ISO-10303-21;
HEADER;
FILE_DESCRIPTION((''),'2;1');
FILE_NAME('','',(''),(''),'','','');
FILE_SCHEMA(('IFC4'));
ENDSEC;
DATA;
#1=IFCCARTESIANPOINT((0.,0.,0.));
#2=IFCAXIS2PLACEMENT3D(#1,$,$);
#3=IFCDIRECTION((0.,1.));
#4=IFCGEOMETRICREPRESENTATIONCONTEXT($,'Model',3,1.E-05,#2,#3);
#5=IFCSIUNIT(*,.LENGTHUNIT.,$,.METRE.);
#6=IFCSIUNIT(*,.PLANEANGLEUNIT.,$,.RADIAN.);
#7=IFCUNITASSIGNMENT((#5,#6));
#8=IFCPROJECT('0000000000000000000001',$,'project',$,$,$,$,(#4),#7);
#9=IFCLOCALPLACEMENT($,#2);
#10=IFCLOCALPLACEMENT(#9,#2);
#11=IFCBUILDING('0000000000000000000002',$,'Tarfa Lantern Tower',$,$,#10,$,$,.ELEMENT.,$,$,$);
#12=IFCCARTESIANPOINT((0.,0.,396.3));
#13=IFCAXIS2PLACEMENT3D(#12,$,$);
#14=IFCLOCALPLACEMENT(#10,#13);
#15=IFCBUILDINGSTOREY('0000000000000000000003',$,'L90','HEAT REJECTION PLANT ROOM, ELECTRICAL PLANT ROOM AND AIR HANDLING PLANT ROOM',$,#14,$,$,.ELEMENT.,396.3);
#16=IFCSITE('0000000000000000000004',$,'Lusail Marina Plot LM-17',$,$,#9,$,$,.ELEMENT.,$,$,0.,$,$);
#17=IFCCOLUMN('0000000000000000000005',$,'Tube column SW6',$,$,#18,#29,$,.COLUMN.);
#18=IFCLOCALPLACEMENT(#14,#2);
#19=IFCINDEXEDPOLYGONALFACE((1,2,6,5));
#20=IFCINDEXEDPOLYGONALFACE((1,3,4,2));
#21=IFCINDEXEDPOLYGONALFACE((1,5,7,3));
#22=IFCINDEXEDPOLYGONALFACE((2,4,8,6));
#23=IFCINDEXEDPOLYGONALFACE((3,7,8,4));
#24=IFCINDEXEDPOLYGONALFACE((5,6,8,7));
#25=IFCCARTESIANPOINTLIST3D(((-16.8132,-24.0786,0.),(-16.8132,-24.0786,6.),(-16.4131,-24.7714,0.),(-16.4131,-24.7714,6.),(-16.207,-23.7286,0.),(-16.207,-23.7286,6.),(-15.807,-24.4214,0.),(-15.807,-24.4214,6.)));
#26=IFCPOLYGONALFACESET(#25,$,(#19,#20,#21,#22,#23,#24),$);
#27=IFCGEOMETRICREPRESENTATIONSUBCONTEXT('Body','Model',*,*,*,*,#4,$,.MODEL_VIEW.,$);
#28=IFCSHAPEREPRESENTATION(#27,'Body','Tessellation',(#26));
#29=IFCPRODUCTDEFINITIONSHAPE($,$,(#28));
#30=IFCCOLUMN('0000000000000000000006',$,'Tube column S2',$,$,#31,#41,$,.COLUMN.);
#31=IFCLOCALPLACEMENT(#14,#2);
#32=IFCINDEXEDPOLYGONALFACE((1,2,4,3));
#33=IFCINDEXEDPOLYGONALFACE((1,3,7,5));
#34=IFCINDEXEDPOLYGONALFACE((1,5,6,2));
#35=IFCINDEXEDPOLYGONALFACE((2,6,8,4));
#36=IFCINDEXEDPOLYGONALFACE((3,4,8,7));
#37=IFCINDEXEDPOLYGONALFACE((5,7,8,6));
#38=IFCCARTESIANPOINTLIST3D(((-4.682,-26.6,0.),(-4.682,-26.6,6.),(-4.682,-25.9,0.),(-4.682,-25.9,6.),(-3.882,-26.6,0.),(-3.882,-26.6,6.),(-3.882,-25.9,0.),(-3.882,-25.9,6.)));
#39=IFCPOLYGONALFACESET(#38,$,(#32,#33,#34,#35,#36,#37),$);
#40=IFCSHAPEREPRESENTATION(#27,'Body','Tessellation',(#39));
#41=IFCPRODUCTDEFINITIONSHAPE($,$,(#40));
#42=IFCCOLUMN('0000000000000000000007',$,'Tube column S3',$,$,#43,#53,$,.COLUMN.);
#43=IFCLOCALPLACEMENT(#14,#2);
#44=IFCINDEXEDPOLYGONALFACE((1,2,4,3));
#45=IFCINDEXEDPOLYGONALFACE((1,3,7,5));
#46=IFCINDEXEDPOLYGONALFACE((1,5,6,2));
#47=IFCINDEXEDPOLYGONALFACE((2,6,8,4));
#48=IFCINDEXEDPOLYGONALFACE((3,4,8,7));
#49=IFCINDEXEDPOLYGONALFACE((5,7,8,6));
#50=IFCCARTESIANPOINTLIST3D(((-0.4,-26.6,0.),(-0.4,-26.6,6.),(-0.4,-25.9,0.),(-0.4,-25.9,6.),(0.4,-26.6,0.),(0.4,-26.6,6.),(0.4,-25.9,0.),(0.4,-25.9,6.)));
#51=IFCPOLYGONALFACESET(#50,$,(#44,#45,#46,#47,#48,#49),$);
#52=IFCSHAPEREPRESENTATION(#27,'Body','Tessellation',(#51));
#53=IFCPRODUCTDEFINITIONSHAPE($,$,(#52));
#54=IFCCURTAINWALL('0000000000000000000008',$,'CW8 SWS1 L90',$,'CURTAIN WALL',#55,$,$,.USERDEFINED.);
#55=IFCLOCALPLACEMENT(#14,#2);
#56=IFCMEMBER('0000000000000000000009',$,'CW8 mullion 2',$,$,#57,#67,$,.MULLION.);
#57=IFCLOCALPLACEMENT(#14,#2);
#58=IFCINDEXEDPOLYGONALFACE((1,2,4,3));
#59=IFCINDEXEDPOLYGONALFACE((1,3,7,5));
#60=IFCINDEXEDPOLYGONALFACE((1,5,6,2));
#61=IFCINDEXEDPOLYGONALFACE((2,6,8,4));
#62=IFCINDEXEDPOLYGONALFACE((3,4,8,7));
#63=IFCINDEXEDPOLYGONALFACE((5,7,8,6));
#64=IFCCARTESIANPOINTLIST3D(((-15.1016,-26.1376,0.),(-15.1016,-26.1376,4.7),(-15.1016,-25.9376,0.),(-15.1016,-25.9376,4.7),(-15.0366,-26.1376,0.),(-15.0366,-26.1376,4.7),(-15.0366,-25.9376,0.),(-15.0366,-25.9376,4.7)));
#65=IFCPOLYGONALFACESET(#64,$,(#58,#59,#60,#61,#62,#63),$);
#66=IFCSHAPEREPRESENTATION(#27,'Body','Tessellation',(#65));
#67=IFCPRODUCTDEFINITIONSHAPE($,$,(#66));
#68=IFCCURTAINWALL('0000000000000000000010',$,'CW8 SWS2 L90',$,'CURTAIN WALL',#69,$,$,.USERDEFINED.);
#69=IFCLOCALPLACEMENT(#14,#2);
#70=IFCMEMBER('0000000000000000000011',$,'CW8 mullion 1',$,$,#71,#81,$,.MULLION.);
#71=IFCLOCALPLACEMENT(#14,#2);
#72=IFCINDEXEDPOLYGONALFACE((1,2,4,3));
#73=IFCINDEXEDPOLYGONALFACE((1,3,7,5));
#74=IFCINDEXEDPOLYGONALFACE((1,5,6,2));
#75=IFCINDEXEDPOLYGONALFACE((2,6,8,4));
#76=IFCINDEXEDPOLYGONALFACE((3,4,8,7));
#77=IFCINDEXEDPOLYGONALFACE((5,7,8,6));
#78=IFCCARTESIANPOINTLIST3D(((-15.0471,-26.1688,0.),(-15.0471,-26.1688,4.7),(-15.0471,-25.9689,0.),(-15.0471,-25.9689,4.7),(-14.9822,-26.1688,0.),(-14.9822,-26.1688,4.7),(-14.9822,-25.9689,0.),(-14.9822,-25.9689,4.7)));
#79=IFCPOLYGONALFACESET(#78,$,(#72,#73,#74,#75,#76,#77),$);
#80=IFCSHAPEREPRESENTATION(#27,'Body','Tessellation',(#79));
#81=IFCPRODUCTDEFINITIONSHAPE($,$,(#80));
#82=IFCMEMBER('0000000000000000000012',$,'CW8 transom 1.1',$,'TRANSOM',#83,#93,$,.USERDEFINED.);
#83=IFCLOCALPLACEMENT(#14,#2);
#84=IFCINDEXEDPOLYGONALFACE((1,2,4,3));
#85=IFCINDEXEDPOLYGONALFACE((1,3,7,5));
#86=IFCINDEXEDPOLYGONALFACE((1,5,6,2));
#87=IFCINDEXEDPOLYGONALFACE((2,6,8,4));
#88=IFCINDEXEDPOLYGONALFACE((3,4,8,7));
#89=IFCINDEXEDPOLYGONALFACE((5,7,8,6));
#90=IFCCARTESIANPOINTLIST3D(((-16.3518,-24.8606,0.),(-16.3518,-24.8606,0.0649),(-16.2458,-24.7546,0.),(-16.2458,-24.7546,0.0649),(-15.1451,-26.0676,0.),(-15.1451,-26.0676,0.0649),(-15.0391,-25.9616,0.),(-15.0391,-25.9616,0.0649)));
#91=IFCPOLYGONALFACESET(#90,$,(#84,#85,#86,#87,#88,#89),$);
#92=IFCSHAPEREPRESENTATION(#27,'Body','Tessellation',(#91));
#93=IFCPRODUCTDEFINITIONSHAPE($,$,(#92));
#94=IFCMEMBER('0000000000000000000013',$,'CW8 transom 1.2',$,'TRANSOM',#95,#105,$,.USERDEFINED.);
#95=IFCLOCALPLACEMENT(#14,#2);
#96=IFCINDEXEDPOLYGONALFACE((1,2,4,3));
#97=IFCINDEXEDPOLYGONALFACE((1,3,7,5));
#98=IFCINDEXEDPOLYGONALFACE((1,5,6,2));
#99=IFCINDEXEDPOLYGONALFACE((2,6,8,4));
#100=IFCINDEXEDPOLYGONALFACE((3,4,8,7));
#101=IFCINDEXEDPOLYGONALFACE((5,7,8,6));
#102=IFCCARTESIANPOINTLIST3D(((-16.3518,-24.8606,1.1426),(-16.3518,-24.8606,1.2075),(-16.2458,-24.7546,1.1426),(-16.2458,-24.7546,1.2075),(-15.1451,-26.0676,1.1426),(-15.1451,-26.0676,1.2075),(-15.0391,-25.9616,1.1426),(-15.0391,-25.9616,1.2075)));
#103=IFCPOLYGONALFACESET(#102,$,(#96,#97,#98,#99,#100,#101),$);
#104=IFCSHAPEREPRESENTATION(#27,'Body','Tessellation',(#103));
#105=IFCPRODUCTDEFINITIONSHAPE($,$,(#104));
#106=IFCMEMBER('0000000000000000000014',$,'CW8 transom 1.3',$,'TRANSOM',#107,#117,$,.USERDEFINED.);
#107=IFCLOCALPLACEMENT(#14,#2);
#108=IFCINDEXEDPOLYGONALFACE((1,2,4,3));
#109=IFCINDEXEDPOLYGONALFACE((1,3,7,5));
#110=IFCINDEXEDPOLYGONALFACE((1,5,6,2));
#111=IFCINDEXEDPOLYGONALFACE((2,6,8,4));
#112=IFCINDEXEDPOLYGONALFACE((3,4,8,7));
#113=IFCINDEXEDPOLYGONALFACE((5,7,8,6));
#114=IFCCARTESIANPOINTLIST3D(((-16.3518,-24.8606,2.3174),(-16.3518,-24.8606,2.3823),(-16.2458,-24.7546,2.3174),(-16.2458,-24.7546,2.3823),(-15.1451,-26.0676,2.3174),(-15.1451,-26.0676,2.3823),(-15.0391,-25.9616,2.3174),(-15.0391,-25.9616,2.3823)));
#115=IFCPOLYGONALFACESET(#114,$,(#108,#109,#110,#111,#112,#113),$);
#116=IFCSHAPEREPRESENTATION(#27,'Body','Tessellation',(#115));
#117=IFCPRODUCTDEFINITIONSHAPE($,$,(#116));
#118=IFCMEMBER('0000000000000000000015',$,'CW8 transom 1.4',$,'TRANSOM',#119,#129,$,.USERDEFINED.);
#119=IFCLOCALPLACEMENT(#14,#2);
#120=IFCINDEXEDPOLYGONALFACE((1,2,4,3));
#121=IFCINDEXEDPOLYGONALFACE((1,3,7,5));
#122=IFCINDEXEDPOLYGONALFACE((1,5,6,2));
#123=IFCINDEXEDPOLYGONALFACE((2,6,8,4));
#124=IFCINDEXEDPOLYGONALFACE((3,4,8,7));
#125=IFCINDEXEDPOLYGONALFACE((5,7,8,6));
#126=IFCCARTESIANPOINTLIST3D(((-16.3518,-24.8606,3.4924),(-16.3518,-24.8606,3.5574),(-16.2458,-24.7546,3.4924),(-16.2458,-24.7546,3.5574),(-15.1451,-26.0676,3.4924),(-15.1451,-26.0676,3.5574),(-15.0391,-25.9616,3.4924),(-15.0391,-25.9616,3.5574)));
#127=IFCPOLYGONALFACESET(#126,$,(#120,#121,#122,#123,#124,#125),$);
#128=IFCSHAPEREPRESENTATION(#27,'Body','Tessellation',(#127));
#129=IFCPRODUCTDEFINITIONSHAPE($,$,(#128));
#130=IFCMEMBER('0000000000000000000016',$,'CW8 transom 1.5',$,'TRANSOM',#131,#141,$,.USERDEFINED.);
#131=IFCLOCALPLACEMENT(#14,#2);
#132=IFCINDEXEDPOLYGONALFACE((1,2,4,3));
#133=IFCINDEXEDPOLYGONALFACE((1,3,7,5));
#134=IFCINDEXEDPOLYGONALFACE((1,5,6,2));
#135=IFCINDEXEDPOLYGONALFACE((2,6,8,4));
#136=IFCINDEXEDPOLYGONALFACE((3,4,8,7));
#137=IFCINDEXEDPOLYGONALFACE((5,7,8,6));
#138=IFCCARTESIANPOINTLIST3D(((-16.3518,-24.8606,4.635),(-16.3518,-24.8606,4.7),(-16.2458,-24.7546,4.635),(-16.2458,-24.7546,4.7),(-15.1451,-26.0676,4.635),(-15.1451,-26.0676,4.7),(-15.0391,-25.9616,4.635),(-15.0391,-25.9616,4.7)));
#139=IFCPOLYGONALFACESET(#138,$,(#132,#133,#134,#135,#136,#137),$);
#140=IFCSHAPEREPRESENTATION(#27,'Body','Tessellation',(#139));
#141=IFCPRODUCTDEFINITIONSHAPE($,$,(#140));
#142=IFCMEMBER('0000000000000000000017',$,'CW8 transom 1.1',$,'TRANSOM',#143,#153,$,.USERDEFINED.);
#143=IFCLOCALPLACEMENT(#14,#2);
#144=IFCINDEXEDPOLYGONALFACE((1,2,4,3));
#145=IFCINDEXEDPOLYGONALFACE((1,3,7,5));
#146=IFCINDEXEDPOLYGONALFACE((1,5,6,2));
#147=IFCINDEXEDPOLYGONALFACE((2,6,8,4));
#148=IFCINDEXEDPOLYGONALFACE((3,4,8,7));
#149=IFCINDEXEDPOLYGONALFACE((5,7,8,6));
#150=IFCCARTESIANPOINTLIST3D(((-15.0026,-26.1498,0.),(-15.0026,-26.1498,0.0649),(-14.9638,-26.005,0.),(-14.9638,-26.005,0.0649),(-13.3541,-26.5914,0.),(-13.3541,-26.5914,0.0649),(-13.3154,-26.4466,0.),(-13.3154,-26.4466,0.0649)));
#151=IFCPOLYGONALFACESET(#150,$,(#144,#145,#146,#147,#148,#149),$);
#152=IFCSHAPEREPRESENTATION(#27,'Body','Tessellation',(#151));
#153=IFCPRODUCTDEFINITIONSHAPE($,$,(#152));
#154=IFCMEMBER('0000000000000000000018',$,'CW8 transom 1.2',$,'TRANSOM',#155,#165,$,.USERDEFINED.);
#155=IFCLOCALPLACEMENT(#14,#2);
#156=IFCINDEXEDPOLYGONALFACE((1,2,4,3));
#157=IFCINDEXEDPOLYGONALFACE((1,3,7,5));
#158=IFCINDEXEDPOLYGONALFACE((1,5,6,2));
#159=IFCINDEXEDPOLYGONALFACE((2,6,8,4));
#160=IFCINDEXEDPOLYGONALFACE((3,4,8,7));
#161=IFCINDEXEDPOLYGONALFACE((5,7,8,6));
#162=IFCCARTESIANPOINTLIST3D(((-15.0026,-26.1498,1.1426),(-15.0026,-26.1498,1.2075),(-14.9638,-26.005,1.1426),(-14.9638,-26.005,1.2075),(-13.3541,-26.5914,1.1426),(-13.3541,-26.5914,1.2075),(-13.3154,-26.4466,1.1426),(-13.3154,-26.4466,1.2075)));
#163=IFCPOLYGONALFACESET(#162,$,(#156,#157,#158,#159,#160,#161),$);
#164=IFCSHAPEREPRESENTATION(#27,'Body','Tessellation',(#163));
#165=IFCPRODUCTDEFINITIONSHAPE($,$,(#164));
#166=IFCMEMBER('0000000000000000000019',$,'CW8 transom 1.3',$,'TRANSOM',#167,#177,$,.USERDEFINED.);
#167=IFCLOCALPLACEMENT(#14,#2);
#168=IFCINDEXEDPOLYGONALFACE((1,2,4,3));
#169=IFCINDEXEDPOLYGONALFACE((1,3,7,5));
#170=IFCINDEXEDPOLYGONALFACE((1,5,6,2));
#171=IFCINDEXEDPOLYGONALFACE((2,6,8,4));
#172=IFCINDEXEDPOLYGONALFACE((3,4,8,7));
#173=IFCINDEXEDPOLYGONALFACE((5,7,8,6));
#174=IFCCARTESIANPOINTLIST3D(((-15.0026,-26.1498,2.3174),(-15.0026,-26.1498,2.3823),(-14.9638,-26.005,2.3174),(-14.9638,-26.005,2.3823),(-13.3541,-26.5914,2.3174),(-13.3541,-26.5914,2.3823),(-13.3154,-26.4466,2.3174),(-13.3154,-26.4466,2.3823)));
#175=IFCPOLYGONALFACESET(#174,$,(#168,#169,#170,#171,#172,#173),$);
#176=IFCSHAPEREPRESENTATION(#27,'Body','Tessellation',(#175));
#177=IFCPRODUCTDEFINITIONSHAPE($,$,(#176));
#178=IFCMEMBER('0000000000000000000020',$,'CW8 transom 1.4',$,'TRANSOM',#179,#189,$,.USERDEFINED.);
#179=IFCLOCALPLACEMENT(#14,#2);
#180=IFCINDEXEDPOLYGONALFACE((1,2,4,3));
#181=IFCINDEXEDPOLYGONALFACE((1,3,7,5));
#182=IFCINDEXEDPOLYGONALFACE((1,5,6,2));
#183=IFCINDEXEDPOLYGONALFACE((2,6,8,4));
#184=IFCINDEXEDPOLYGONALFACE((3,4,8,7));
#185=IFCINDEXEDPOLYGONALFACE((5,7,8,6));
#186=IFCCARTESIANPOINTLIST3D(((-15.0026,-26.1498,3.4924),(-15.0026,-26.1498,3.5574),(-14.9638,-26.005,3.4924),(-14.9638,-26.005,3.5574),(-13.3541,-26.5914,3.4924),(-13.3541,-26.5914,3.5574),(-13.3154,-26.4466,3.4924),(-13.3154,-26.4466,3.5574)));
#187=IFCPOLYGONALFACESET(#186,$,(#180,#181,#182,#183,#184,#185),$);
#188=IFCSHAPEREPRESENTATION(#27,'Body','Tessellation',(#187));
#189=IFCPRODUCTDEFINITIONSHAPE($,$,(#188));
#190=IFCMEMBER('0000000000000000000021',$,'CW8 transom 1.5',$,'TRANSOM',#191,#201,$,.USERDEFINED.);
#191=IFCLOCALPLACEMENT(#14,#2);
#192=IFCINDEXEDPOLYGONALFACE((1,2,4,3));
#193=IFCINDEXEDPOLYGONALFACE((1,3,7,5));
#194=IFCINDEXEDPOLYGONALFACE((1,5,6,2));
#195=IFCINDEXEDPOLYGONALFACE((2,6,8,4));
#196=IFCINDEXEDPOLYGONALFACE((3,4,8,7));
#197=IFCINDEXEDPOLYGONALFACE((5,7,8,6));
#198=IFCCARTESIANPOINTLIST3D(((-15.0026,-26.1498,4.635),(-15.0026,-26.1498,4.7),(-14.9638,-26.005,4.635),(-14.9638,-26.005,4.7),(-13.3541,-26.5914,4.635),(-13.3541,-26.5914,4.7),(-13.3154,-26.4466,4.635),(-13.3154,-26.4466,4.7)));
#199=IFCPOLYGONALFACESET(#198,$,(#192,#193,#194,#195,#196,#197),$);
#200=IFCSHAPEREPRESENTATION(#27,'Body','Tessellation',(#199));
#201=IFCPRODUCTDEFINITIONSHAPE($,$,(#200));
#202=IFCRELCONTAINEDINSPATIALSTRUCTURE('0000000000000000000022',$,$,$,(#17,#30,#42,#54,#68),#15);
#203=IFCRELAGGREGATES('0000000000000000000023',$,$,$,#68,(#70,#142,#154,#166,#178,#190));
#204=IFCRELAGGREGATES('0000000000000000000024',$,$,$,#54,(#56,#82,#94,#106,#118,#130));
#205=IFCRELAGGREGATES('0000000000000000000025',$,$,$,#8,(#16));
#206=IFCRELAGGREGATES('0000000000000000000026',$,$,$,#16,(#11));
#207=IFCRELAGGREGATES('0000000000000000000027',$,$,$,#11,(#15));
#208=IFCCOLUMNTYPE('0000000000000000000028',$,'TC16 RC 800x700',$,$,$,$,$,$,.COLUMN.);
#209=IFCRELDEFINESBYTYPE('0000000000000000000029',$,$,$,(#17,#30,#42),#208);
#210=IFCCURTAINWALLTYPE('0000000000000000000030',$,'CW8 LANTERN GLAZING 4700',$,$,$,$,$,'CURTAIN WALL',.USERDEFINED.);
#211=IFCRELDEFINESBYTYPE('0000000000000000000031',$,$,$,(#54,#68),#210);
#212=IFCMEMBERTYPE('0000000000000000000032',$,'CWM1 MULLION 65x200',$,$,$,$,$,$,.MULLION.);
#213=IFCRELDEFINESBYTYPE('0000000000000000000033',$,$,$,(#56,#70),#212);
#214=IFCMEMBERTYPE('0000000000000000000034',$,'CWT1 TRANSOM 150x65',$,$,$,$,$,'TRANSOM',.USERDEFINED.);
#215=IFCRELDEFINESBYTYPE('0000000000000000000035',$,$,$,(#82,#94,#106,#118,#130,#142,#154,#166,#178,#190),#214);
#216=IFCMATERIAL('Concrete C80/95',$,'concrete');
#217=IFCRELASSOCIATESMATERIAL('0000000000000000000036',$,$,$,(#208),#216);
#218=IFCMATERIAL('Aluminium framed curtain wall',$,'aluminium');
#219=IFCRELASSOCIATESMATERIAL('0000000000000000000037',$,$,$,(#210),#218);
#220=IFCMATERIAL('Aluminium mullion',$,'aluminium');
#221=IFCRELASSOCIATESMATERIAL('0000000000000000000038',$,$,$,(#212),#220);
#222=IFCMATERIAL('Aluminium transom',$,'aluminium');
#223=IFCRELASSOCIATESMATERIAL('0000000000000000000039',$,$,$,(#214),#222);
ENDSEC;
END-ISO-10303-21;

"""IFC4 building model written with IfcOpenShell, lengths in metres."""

from ifc_helpers import new_model, si_unit, direction, frame, origin, origin_2d, place, context, subcontext, project, spatial, rectangle, extrude, material, material_profile, profile_set, type_object, element, aggregate, save


model = new_model("IFC4")

# Units and contexts
model_context = context("Model", 3, precision=1e-05, world=origin(), true_north=direction((0.0, 1.0)))
body_context = subcontext(model_context, "Body", "Model", "MODEL_VIEW")
ifc_project = project(units=[si_unit("LENGTHUNIT", "METRE"), si_unit("PLANEANGLEUNIT", "RADIAN")], contexts=[model_context])

# Site, building, storey
site_placement = place(None, origin())
site = spatial("IfcSite", under=ifc_project, at=site_placement, Name="Lusail Marina Plot LM-17", CompositionType="ELEMENT", RefElevation=0.0)
building_placement = place(site_placement, origin())
building = spatial("IfcBuilding", under=site, at=building_placement, Name="Tarfa Lantern Tower", CompositionType="ELEMENT")
storey_placement = place(building_placement, frame((0.0, 0.0, 396.3)))
storey = spatial("IfcBuildingStorey", under=building, at=storey_placement, Name="L90", Description="HEAT REJECTION PLANT ROOM, ELECTRICAL PLANT ROOM AND AIR HANDLING PLANT ROOM", CompositionType="ELEMENT", Elevation=396.3)

# Columns
ifc_material_1 = material(Name="Concrete C80/95", Category="concrete")
ifc_material_profile_1 = material_profile(ifc_material_1, rectangle(XDim=0.8, YDim=0.7, at=origin_2d()), Name="RC 800x700")
ifc_profile_set_1 = profile_set([ifc_material_profile_1], Name="Concrete C80/95")
column_type = type_object("IfcColumnType", Name="TC16 RC 800x700", PredefinedType="COLUMN", material=ifc_profile_set_1)
for number, where, z_axis, x_axis, name in (
    (1, (-16.3101, -24.25, 0.0), (0.0, 0.0, 1.0), (0.5, -0.866025, 0.0), "Tube column SW6"),
    (2, (-4.282, -26.25, 0.0), (0.0, 0.0, 1.0), (1.0, 0.0, 0.0), "Tube column S2"),
    (3, (0.0, -26.25, 0.0), (0.0, 0.0, 1.0), (1.0, 0.0, 0.0), "Tube column S3"),
):
    element("IfcColumn", number, at=place(storey_placement, frame(where, z_axis=z_axis, x_axis=x_axis)), inside=storey, type_object=column_type, Name=name, PredefinedType="COLUMN", context=body_context, shape_type="SweptSolid", body=[
        extrude(rectangle(XDim=0.8, YDim=0.7, at=origin_2d()), origin(), (0.0, 0.0, 1.0), 6.0),
    ])

# Curtain walls, members
ifc_material_2 = material(Name="Aluminium framed curtain wall", Category="aluminium")
curtain_wall_type = type_object("IfcCurtainWallType", Name="CW8 LANTERN GLAZING 4700", ElementType="CURTAIN WALL", PredefinedType="USERDEFINED", material=ifc_material_2)
curtain_wall_1_placement = place(storey_placement, origin())
curtain_wall_1 = element("IfcCurtainWall", 4, at=curtain_wall_1_placement, inside=storey, type_object=curtain_wall_type, Name="CW8 SWS1 L90", ObjectType="CURTAIN WALL", PredefinedType="USERDEFINED")
ifc_material_3 = material(Name="Aluminium mullion", Category="aluminium")
ifc_material_profile_2 = material_profile(ifc_material_3, rectangle(XDim=0.0649, YDim=0.2, at=origin_2d()), Name="AL MULLION 65x200")
ifc_profile_set_2 = profile_set([ifc_material_profile_2], Name="Aluminium mullion")
member_type_1 = type_object("IfcMemberType", Name="CWM1 MULLION 65x200", PredefinedType="MULLION", material=ifc_profile_set_2)
member_1_placement = place(storey_placement, frame((-15.0691, -26.0376, 0.0), z_axis=(0.0, 0.0, 1.0), x_axis=(1.0, 0.0, 0.0)))
member_1 = element("IfcMember", 5, at=member_1_placement, type_object=member_type_1, Name="CW8 mullion 2", PredefinedType="MULLION", context=body_context, shape_type="SweptSolid", body=[
    extrude(rectangle(XDim=0.0649, YDim=0.2, at=origin_2d()), origin(), (0.0, 0.0, 1.0), 4.7),
])
curtain_wall_2_placement = place(storey_placement, origin())
curtain_wall_2 = element("IfcCurtainWall", 6, at=curtain_wall_2_placement, inside=storey, type_object=curtain_wall_type, Name="CW8 SWS2 L90", ObjectType="CURTAIN WALL", PredefinedType="USERDEFINED")
member_2_placement = place(storey_placement, frame((-15.0146, -26.0688, 0.0), z_axis=(0.0, 0.0, 1.0), x_axis=(1.0, 0.0, 0.0)))
member_2 = element("IfcMember", 7, at=member_2_placement, type_object=member_type_1, Name="CW8 mullion 1", PredefinedType="MULLION", context=body_context, shape_type="SweptSolid", body=[
    extrude(rectangle(XDim=0.0649, YDim=0.2, at=origin_2d()), origin(), (0.0, 0.0, 1.0), 4.7),
])

# Members
ifc_material_4 = material(Name="Aluminium transom", Category="aluminium")
ifc_material_profile_3 = material_profile(ifc_material_4, rectangle(XDim=0.1499, YDim=0.0649, at=origin_2d()), Name="AL TRANSOM 150x65")
ifc_profile_set_3 = profile_set([ifc_material_profile_3], Name="Aluminium transom")
member_type_2 = type_object("IfcMemberType", Name="CWT1 TRANSOM 150x65", ElementType="TRANSOM", PredefinedType="USERDEFINED", material=ifc_profile_set_3)
member_3_placement = place(storey_placement, frame((-16.2988, -24.8076, 0.0325), z_axis=(0.707035, -0.707178, 0.0), x_axis=(0.707178, 0.707035, 0.0)))
member_3 = element("IfcMember", 8, at=member_3_placement, type_object=member_type_2, Name="CW8 transom 1.1", ObjectType="TRANSOM", PredefinedType="USERDEFINED", context=body_context, shape_type="SweptSolid", body=[
    extrude(rectangle(XDim=0.1499, YDim=0.0649, at=origin_2d()), origin(), (0.0, 0.0, 1.0), 1.7068),
])
member_4_placement = place(storey_placement, frame((-16.2988, -24.8076, 1.175), z_axis=(0.707035, -0.707178, 0.0), x_axis=(0.707178, 0.707035, 0.0)))
member_4 = element("IfcMember", 9, at=member_4_placement, type_object=member_type_2, Name="CW8 transom 1.2", ObjectType="TRANSOM", PredefinedType="USERDEFINED", context=body_context, shape_type="SweptSolid", body=[
    extrude(rectangle(XDim=0.1499, YDim=0.0649, at=origin_2d()), origin(), (0.0, 0.0, 1.0), 1.7068),
])
member_5_placement = place(storey_placement, frame((-16.2988, -24.8076, 2.3499), z_axis=(0.707035, -0.707178, 0.0), x_axis=(0.707178, 0.707035, 0.0)))
member_5 = element("IfcMember", 10, at=member_5_placement, type_object=member_type_2, Name="CW8 transom 1.3", ObjectType="TRANSOM", PredefinedType="USERDEFINED", context=body_context, shape_type="SweptSolid", body=[
    extrude(rectangle(XDim=0.1499, YDim=0.0649, at=origin_2d()), origin(), (0.0, 0.0, 1.0), 1.7068),
])
member_6_placement = place(storey_placement, frame((-16.2988, -24.8076, 3.5249), z_axis=(0.707035, -0.707178, 0.0), x_axis=(0.707178, 0.707035, 0.0)))
member_6 = element("IfcMember", 11, at=member_6_placement, type_object=member_type_2, Name="CW8 transom 1.4", ObjectType="TRANSOM", PredefinedType="USERDEFINED", context=body_context, shape_type="SweptSolid", body=[
    extrude(rectangle(XDim=0.1499, YDim=0.0649, at=origin_2d()), origin(), (0.0, 0.0, 1.0), 1.7068),
])
member_7_placement = place(storey_placement, frame((-16.2988, -24.8076, 4.6675), z_axis=(0.707035, -0.707178, 0.0), x_axis=(0.707178, 0.707035, 0.0)))
member_7 = element("IfcMember", 12, at=member_7_placement, type_object=member_type_2, Name="CW8 transom 1.5", ObjectType="TRANSOM", PredefinedType="USERDEFINED", context=body_context, shape_type="SweptSolid", body=[
    extrude(rectangle(XDim=0.1499, YDim=0.0649, at=origin_2d()), origin(), (0.0, 0.0, 1.0), 1.7068),
])
member_8_placement = place(storey_placement, frame((-14.9832, -26.0774, 0.0325), z_axis=(0.965933, -0.258793, 0.0), x_axis=(0.258793, 0.965933, 0.0)))
member_8 = element("IfcMember", 13, at=member_8_placement, type_object=member_type_2, Name="CW8 transom 1.1", ObjectType="TRANSOM", PredefinedType="USERDEFINED", context=body_context, shape_type="SweptSolid", body=[
    extrude(rectangle(XDim=0.1499, YDim=0.0649, at=origin_2d()), origin(), (0.0, 0.0, 1.0), 1.7065),
])
member_9_placement = place(storey_placement, frame((-14.9832, -26.0774, 1.175), z_axis=(0.965933, -0.258793, 0.0), x_axis=(0.258793, 0.965933, 0.0)))
member_9 = element("IfcMember", 14, at=member_9_placement, type_object=member_type_2, Name="CW8 transom 1.2", ObjectType="TRANSOM", PredefinedType="USERDEFINED", context=body_context, shape_type="SweptSolid", body=[
    extrude(rectangle(XDim=0.1499, YDim=0.0649, at=origin_2d()), origin(), (0.0, 0.0, 1.0), 1.7065),
])
member_10_placement = place(storey_placement, frame((-14.9832, -26.0774, 2.3499), z_axis=(0.965933, -0.258793, 0.0), x_axis=(0.258793, 0.965933, 0.0)))
member_10 = element("IfcMember", 15, at=member_10_placement, type_object=member_type_2, Name="CW8 transom 1.3", ObjectType="TRANSOM", PredefinedType="USERDEFINED", context=body_context, shape_type="SweptSolid", body=[
    extrude(rectangle(XDim=0.1499, YDim=0.0649, at=origin_2d()), origin(), (0.0, 0.0, 1.0), 1.7065),
])
member_11_placement = place(storey_placement, frame((-14.9832, -26.0774, 3.5249), z_axis=(0.965933, -0.258793, 0.0), x_axis=(0.258793, 0.965933, 0.0)))
member_11 = element("IfcMember", 16, at=member_11_placement, type_object=member_type_2, Name="CW8 transom 1.4", ObjectType="TRANSOM", PredefinedType="USERDEFINED", context=body_context, shape_type="SweptSolid", body=[
    extrude(rectangle(XDim=0.1499, YDim=0.0649, at=origin_2d()), origin(), (0.0, 0.0, 1.0), 1.7065),
])
member_12_placement = place(storey_placement, frame((-14.9832, -26.0774, 4.6675), z_axis=(0.965933, -0.258793, 0.0), x_axis=(0.258793, 0.965933, 0.0)))
member_12 = element("IfcMember", 17, at=member_12_placement, type_object=member_type_2, Name="CW8 transom 1.5", ObjectType="TRANSOM", PredefinedType="USERDEFINED", context=body_context, shape_type="SweptSolid", body=[
    extrude(rectangle(XDim=0.1499, YDim=0.0649, at=origin_2d()), origin(), (0.0, 0.0, 1.0), 1.7065),
])
aggregate(curtain_wall_2, [member_2, member_8, member_9, member_10, member_11, member_12])

aggregate(curtain_wall_1, [member_1, member_3, member_4, member_5, member_6, member_7])

save(model, "model.ifc")
